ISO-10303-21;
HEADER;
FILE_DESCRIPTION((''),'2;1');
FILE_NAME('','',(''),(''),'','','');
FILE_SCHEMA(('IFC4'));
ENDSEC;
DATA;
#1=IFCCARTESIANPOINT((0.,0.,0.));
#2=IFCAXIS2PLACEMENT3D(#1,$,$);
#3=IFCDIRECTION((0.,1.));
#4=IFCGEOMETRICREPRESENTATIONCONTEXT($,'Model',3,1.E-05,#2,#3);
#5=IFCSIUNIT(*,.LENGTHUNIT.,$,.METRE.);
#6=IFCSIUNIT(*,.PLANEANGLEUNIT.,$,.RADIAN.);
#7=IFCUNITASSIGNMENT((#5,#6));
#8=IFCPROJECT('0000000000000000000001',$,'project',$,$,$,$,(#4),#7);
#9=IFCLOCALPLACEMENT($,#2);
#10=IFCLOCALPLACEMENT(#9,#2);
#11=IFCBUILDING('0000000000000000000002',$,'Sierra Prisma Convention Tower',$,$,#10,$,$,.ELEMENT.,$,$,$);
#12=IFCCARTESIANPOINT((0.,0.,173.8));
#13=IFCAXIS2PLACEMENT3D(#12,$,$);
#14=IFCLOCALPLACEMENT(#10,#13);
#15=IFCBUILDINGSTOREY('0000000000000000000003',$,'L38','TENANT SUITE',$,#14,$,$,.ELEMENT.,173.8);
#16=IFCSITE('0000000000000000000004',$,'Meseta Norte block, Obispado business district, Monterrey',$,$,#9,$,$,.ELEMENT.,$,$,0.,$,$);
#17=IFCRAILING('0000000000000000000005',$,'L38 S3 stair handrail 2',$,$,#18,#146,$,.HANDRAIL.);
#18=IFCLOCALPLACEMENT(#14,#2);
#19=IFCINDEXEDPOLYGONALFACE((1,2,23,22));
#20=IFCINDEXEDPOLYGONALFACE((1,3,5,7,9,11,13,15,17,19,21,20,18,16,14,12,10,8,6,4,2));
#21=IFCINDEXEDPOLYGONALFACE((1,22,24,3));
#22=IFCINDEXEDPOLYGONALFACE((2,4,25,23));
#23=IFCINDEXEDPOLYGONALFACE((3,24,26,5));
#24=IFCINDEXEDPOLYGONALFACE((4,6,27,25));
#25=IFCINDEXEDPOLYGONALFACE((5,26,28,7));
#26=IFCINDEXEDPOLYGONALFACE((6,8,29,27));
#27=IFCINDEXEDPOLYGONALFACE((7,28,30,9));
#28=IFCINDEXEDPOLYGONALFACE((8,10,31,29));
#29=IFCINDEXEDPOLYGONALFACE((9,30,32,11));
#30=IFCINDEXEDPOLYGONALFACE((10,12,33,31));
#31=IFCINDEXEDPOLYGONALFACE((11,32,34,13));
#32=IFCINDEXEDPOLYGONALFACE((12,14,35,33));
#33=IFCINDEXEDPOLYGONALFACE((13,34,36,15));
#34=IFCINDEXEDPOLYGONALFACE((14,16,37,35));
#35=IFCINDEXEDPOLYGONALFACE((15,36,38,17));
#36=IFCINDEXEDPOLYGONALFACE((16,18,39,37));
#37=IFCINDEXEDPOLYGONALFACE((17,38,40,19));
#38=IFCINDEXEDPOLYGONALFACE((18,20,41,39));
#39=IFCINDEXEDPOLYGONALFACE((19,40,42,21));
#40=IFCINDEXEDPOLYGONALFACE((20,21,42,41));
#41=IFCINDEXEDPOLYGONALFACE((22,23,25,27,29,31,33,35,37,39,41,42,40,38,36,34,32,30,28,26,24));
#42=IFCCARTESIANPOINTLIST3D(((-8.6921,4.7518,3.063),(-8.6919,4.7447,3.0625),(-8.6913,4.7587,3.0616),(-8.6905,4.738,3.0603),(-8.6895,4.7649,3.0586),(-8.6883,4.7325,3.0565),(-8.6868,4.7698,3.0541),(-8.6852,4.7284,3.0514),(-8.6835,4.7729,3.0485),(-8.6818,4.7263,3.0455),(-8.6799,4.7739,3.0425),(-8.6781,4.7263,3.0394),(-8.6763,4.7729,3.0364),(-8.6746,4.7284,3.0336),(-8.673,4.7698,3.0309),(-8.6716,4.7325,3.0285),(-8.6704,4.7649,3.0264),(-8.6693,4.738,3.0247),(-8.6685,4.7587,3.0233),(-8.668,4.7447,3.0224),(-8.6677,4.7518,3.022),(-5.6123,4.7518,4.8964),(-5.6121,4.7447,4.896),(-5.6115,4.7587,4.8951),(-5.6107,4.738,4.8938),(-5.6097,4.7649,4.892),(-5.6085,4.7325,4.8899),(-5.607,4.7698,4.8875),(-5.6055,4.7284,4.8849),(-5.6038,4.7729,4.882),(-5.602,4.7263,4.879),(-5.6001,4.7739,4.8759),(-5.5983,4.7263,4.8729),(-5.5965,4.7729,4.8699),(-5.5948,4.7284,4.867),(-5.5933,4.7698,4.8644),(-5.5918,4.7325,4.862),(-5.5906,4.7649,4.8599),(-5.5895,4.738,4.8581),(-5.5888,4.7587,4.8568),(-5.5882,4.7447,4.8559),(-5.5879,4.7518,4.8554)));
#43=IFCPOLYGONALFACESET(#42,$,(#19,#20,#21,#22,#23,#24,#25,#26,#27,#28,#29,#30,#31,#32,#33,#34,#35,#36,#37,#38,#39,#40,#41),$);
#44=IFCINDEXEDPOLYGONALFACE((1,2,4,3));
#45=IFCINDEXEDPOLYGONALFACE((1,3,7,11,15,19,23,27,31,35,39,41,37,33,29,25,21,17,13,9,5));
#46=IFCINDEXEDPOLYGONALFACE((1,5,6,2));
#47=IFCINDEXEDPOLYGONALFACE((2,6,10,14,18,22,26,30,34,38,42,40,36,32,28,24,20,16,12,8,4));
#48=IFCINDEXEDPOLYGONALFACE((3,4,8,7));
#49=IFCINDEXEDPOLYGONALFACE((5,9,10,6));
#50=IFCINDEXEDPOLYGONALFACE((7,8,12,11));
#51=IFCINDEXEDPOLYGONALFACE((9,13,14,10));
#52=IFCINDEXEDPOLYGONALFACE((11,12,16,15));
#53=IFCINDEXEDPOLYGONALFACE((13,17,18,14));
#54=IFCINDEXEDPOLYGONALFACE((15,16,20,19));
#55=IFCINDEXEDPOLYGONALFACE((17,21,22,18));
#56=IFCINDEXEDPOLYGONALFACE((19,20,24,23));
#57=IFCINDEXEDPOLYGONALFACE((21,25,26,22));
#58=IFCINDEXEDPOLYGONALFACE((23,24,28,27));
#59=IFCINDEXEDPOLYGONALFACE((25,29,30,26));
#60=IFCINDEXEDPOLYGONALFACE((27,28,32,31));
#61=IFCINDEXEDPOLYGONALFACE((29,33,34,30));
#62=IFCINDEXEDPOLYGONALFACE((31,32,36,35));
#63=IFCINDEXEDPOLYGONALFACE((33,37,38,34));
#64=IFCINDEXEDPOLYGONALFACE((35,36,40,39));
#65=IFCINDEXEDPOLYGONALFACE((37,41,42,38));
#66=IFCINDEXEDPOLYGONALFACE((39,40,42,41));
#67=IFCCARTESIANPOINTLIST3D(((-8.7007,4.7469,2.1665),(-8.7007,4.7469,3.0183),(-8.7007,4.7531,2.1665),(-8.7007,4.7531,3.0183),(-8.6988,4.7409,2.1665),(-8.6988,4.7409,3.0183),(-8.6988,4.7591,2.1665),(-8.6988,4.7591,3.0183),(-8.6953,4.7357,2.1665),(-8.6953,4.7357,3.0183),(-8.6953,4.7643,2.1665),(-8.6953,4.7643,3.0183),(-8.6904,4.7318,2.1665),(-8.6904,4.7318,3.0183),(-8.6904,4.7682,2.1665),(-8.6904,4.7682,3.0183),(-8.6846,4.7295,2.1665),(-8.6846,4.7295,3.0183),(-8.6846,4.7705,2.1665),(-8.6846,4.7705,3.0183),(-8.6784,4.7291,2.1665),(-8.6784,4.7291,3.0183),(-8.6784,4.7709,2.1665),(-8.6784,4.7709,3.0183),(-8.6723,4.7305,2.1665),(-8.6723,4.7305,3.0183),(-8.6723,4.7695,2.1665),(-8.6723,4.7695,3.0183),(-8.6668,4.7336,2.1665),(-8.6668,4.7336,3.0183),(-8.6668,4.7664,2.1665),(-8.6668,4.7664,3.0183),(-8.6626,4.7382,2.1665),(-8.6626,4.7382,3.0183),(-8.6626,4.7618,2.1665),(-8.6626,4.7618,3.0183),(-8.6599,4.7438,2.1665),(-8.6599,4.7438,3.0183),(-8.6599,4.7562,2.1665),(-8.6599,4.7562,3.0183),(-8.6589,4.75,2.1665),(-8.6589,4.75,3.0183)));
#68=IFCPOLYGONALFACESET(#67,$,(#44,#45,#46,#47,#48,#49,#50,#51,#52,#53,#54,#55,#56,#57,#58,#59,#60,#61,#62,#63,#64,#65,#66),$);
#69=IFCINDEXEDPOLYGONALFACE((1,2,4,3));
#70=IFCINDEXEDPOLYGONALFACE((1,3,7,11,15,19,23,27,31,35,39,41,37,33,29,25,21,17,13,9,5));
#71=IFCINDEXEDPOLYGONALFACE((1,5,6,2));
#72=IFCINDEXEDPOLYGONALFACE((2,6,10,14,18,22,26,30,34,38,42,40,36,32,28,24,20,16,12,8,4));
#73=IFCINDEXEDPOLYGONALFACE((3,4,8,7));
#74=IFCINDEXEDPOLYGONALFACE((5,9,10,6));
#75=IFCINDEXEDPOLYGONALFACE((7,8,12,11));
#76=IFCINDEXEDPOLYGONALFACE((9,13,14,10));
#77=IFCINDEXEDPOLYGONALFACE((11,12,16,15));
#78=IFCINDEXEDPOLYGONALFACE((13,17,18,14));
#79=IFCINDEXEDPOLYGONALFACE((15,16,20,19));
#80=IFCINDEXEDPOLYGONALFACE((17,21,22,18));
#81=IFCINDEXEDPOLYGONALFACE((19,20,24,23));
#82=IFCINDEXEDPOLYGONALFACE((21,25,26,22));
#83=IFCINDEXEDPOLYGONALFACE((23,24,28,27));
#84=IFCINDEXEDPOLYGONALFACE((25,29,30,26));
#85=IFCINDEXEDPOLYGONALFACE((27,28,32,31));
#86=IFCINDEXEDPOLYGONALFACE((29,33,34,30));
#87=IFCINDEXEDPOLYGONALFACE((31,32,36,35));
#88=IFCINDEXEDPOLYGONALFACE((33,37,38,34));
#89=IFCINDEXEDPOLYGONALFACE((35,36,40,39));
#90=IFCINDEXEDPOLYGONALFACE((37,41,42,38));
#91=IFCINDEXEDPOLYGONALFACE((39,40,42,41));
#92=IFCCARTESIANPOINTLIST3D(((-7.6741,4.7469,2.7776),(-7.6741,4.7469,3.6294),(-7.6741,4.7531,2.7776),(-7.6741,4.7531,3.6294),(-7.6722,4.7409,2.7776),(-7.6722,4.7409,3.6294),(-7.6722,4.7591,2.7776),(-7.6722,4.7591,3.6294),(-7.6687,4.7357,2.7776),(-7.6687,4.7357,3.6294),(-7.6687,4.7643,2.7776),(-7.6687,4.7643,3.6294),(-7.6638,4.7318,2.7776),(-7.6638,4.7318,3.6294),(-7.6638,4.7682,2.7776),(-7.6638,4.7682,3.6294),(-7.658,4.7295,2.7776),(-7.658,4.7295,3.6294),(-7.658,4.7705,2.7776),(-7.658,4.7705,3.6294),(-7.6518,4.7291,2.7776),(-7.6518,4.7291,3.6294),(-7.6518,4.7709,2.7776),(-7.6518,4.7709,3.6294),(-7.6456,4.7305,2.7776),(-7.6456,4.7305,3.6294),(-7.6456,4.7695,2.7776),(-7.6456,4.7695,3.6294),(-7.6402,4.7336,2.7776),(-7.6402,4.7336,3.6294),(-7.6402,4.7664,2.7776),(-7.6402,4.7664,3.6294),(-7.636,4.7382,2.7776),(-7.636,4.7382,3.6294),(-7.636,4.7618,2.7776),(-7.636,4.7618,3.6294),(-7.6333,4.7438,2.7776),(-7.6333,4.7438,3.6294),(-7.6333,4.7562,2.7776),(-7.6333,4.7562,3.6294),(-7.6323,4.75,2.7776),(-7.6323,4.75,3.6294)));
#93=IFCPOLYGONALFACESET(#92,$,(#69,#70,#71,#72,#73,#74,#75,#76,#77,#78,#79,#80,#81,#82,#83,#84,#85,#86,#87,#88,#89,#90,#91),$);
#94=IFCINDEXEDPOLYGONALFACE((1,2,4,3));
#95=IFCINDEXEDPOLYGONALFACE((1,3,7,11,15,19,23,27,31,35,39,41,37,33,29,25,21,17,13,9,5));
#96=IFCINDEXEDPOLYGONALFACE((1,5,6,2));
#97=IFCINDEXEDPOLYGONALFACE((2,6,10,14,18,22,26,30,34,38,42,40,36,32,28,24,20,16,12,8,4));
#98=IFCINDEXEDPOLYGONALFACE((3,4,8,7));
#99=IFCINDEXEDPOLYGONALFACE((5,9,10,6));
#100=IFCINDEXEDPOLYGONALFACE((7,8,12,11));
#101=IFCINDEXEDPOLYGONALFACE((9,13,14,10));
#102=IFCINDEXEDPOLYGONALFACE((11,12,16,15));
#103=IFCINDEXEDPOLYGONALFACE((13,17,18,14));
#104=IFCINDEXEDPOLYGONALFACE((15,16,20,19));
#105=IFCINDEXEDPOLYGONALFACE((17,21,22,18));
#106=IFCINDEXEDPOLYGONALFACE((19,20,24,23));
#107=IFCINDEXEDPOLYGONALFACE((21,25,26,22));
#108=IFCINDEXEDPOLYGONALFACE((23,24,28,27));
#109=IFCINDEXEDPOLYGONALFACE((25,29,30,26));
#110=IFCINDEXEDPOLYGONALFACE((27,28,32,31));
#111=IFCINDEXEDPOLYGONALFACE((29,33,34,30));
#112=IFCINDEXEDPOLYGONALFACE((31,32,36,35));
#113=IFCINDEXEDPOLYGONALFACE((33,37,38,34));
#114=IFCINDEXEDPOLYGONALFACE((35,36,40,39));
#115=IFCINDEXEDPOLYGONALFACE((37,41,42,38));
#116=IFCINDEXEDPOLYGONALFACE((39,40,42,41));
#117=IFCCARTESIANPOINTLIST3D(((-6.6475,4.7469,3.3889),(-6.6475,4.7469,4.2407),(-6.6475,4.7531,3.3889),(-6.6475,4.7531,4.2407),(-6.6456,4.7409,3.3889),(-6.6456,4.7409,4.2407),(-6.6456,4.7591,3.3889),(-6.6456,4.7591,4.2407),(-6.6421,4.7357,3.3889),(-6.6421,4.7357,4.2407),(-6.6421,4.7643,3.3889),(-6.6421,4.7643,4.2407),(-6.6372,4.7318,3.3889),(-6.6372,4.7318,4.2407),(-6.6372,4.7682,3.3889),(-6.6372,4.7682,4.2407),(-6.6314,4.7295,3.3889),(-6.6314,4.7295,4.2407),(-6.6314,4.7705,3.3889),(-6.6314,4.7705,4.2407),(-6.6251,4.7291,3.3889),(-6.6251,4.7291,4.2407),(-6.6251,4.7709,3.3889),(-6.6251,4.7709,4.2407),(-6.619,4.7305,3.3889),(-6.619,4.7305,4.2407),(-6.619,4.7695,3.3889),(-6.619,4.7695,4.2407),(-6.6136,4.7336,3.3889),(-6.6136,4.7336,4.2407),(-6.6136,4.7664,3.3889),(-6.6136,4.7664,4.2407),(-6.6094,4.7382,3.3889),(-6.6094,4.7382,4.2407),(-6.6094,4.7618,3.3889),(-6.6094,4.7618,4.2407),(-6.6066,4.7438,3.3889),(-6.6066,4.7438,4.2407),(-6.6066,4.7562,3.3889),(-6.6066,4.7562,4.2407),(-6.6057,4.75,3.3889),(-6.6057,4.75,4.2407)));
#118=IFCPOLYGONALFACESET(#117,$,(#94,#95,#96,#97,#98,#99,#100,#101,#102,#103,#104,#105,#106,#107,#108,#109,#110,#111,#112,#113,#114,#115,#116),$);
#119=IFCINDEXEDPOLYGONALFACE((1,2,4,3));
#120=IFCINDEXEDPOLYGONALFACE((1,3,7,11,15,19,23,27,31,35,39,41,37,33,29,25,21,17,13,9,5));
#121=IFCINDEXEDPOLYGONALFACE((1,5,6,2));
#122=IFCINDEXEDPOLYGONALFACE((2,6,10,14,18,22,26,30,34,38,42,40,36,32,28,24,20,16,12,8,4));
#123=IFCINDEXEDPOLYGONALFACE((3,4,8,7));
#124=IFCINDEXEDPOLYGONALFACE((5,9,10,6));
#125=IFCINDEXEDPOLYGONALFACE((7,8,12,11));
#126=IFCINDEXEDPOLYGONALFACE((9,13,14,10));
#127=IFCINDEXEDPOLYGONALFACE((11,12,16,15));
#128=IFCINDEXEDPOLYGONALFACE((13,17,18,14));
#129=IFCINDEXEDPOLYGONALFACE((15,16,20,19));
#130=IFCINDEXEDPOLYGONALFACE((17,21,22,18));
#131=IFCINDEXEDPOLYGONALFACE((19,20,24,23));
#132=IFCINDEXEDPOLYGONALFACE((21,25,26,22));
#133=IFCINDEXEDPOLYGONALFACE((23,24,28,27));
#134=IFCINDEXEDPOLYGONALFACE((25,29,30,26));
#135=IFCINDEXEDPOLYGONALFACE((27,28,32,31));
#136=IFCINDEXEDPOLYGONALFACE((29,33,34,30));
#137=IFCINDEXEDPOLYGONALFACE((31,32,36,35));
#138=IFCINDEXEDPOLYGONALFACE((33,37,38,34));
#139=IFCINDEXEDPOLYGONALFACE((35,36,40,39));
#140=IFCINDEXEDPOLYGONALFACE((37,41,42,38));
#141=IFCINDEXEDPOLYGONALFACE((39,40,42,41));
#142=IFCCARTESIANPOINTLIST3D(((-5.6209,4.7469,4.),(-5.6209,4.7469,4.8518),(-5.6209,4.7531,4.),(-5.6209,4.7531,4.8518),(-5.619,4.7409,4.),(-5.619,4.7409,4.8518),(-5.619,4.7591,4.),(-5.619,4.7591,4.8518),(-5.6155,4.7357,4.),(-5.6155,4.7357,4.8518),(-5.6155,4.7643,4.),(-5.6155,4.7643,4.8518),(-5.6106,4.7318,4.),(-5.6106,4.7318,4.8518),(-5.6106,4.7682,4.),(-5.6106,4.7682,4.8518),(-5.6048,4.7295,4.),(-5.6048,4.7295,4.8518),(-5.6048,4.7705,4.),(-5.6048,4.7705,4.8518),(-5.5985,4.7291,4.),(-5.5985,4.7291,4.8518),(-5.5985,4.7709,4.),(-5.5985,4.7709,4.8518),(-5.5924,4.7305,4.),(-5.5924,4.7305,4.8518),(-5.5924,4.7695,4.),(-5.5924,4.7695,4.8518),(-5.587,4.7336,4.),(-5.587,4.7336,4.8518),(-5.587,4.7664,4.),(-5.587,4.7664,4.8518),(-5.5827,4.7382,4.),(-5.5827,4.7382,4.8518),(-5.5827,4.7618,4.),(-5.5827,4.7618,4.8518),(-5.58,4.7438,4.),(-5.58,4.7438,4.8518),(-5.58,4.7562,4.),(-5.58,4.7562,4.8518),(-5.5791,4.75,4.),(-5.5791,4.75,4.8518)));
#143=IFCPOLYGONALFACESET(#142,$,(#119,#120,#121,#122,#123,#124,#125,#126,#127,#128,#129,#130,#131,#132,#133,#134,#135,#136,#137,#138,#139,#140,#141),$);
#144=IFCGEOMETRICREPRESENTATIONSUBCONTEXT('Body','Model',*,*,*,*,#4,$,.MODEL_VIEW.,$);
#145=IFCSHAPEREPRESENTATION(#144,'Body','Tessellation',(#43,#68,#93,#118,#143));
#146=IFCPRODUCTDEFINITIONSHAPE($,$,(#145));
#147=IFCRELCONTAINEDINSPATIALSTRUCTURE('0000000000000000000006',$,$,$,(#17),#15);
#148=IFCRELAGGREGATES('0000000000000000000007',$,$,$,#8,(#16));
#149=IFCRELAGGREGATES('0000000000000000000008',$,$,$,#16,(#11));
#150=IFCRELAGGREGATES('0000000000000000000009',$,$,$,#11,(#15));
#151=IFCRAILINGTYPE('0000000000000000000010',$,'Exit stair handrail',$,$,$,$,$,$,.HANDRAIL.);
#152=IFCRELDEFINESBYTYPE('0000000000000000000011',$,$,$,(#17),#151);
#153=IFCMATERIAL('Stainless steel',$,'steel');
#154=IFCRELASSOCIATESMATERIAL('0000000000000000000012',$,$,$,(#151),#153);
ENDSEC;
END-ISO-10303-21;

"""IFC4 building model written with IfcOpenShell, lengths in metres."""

from ifc_helpers import new_model, si_unit, direction, frame, origin, origin_2d, place, context, subcontext, project, spatial, circle, extrude, material, type_object, element, save


model = new_model("IFC4")

# Units and contexts
model_context = context("Model", 3, precision=1e-05, world=origin(), true_north=direction((0.0, 1.0)))
body_context = subcontext(model_context, "Body", "Model", "MODEL_VIEW")
ifc_project = project(units=[si_unit("LENGTHUNIT", "METRE"), si_unit("PLANEANGLEUNIT", "RADIAN")], contexts=[model_context])

# Site, building, storey
site_placement = place(None, origin())
site = spatial("IfcSite", under=ifc_project, at=site_placement, Name="Meseta Norte block, Obispado business district, Monterrey", CompositionType="ELEMENT", RefElevation=0.0)
building_placement = place(site_placement, origin())
building = spatial("IfcBuilding", under=site, at=building_placement, Name="Sierra Prisma Convention Tower", CompositionType="ELEMENT")
storey_placement = place(building_placement, frame((0.0, 0.0, 173.8)))
storey = spatial("IfcBuildingStorey", under=building, at=storey_placement, Name="L38", Description="TENANT SUITE", CompositionType="ELEMENT", Elevation=173.8)

# Railing
ifc_material_1 = material(Name="Stainless steel", Category="steel")
railing_type_1 = type_object("IfcRailingType", Name="Exit stair handrail", PredefinedType="HANDRAIL", material=ifc_material_1)
railing_1_placement = place(storey_placement, frame((-8.6799, 4.75, 2.1665)))
element("IfcRailing", 1, at=railing_1_placement, inside=storey, type_object=railing_type_1, Name="L38 S3 stair handrail 2", PredefinedType="HANDRAIL", context=body_context, shape_type="SweptSolid", body=[
    extrude(circle(Radius=0.0239, at=origin_2d()), frame((0.0, 0.0, 0.876), z_axis=(0.859261, 0.0, 0.511538), x_axis=(0.0, 1.0, 0.0)), (0.0, 0.0, 1.0), 3.5842),
    extrude(circle(Radius=0.021, at=origin_2d()), origin(), (0.0, 0.0, 1.0), 0.8518),
    extrude(circle(Radius=0.021, at=origin_2d()), frame((1.0266, 0.0, 0.6111)), (0.0, 0.0, 1.0), 0.8518),
    extrude(circle(Radius=0.021, at=origin_2d()), frame((2.0532, 0.0, 1.2224)), (0.0, 0.0, 1.0), 0.8518),
    extrude(circle(Radius=0.021, at=origin_2d()), frame((3.0798, 0.0, 1.8335)), (0.0, 0.0, 1.0), 0.8518),
])

save(model, "model.ifc")
